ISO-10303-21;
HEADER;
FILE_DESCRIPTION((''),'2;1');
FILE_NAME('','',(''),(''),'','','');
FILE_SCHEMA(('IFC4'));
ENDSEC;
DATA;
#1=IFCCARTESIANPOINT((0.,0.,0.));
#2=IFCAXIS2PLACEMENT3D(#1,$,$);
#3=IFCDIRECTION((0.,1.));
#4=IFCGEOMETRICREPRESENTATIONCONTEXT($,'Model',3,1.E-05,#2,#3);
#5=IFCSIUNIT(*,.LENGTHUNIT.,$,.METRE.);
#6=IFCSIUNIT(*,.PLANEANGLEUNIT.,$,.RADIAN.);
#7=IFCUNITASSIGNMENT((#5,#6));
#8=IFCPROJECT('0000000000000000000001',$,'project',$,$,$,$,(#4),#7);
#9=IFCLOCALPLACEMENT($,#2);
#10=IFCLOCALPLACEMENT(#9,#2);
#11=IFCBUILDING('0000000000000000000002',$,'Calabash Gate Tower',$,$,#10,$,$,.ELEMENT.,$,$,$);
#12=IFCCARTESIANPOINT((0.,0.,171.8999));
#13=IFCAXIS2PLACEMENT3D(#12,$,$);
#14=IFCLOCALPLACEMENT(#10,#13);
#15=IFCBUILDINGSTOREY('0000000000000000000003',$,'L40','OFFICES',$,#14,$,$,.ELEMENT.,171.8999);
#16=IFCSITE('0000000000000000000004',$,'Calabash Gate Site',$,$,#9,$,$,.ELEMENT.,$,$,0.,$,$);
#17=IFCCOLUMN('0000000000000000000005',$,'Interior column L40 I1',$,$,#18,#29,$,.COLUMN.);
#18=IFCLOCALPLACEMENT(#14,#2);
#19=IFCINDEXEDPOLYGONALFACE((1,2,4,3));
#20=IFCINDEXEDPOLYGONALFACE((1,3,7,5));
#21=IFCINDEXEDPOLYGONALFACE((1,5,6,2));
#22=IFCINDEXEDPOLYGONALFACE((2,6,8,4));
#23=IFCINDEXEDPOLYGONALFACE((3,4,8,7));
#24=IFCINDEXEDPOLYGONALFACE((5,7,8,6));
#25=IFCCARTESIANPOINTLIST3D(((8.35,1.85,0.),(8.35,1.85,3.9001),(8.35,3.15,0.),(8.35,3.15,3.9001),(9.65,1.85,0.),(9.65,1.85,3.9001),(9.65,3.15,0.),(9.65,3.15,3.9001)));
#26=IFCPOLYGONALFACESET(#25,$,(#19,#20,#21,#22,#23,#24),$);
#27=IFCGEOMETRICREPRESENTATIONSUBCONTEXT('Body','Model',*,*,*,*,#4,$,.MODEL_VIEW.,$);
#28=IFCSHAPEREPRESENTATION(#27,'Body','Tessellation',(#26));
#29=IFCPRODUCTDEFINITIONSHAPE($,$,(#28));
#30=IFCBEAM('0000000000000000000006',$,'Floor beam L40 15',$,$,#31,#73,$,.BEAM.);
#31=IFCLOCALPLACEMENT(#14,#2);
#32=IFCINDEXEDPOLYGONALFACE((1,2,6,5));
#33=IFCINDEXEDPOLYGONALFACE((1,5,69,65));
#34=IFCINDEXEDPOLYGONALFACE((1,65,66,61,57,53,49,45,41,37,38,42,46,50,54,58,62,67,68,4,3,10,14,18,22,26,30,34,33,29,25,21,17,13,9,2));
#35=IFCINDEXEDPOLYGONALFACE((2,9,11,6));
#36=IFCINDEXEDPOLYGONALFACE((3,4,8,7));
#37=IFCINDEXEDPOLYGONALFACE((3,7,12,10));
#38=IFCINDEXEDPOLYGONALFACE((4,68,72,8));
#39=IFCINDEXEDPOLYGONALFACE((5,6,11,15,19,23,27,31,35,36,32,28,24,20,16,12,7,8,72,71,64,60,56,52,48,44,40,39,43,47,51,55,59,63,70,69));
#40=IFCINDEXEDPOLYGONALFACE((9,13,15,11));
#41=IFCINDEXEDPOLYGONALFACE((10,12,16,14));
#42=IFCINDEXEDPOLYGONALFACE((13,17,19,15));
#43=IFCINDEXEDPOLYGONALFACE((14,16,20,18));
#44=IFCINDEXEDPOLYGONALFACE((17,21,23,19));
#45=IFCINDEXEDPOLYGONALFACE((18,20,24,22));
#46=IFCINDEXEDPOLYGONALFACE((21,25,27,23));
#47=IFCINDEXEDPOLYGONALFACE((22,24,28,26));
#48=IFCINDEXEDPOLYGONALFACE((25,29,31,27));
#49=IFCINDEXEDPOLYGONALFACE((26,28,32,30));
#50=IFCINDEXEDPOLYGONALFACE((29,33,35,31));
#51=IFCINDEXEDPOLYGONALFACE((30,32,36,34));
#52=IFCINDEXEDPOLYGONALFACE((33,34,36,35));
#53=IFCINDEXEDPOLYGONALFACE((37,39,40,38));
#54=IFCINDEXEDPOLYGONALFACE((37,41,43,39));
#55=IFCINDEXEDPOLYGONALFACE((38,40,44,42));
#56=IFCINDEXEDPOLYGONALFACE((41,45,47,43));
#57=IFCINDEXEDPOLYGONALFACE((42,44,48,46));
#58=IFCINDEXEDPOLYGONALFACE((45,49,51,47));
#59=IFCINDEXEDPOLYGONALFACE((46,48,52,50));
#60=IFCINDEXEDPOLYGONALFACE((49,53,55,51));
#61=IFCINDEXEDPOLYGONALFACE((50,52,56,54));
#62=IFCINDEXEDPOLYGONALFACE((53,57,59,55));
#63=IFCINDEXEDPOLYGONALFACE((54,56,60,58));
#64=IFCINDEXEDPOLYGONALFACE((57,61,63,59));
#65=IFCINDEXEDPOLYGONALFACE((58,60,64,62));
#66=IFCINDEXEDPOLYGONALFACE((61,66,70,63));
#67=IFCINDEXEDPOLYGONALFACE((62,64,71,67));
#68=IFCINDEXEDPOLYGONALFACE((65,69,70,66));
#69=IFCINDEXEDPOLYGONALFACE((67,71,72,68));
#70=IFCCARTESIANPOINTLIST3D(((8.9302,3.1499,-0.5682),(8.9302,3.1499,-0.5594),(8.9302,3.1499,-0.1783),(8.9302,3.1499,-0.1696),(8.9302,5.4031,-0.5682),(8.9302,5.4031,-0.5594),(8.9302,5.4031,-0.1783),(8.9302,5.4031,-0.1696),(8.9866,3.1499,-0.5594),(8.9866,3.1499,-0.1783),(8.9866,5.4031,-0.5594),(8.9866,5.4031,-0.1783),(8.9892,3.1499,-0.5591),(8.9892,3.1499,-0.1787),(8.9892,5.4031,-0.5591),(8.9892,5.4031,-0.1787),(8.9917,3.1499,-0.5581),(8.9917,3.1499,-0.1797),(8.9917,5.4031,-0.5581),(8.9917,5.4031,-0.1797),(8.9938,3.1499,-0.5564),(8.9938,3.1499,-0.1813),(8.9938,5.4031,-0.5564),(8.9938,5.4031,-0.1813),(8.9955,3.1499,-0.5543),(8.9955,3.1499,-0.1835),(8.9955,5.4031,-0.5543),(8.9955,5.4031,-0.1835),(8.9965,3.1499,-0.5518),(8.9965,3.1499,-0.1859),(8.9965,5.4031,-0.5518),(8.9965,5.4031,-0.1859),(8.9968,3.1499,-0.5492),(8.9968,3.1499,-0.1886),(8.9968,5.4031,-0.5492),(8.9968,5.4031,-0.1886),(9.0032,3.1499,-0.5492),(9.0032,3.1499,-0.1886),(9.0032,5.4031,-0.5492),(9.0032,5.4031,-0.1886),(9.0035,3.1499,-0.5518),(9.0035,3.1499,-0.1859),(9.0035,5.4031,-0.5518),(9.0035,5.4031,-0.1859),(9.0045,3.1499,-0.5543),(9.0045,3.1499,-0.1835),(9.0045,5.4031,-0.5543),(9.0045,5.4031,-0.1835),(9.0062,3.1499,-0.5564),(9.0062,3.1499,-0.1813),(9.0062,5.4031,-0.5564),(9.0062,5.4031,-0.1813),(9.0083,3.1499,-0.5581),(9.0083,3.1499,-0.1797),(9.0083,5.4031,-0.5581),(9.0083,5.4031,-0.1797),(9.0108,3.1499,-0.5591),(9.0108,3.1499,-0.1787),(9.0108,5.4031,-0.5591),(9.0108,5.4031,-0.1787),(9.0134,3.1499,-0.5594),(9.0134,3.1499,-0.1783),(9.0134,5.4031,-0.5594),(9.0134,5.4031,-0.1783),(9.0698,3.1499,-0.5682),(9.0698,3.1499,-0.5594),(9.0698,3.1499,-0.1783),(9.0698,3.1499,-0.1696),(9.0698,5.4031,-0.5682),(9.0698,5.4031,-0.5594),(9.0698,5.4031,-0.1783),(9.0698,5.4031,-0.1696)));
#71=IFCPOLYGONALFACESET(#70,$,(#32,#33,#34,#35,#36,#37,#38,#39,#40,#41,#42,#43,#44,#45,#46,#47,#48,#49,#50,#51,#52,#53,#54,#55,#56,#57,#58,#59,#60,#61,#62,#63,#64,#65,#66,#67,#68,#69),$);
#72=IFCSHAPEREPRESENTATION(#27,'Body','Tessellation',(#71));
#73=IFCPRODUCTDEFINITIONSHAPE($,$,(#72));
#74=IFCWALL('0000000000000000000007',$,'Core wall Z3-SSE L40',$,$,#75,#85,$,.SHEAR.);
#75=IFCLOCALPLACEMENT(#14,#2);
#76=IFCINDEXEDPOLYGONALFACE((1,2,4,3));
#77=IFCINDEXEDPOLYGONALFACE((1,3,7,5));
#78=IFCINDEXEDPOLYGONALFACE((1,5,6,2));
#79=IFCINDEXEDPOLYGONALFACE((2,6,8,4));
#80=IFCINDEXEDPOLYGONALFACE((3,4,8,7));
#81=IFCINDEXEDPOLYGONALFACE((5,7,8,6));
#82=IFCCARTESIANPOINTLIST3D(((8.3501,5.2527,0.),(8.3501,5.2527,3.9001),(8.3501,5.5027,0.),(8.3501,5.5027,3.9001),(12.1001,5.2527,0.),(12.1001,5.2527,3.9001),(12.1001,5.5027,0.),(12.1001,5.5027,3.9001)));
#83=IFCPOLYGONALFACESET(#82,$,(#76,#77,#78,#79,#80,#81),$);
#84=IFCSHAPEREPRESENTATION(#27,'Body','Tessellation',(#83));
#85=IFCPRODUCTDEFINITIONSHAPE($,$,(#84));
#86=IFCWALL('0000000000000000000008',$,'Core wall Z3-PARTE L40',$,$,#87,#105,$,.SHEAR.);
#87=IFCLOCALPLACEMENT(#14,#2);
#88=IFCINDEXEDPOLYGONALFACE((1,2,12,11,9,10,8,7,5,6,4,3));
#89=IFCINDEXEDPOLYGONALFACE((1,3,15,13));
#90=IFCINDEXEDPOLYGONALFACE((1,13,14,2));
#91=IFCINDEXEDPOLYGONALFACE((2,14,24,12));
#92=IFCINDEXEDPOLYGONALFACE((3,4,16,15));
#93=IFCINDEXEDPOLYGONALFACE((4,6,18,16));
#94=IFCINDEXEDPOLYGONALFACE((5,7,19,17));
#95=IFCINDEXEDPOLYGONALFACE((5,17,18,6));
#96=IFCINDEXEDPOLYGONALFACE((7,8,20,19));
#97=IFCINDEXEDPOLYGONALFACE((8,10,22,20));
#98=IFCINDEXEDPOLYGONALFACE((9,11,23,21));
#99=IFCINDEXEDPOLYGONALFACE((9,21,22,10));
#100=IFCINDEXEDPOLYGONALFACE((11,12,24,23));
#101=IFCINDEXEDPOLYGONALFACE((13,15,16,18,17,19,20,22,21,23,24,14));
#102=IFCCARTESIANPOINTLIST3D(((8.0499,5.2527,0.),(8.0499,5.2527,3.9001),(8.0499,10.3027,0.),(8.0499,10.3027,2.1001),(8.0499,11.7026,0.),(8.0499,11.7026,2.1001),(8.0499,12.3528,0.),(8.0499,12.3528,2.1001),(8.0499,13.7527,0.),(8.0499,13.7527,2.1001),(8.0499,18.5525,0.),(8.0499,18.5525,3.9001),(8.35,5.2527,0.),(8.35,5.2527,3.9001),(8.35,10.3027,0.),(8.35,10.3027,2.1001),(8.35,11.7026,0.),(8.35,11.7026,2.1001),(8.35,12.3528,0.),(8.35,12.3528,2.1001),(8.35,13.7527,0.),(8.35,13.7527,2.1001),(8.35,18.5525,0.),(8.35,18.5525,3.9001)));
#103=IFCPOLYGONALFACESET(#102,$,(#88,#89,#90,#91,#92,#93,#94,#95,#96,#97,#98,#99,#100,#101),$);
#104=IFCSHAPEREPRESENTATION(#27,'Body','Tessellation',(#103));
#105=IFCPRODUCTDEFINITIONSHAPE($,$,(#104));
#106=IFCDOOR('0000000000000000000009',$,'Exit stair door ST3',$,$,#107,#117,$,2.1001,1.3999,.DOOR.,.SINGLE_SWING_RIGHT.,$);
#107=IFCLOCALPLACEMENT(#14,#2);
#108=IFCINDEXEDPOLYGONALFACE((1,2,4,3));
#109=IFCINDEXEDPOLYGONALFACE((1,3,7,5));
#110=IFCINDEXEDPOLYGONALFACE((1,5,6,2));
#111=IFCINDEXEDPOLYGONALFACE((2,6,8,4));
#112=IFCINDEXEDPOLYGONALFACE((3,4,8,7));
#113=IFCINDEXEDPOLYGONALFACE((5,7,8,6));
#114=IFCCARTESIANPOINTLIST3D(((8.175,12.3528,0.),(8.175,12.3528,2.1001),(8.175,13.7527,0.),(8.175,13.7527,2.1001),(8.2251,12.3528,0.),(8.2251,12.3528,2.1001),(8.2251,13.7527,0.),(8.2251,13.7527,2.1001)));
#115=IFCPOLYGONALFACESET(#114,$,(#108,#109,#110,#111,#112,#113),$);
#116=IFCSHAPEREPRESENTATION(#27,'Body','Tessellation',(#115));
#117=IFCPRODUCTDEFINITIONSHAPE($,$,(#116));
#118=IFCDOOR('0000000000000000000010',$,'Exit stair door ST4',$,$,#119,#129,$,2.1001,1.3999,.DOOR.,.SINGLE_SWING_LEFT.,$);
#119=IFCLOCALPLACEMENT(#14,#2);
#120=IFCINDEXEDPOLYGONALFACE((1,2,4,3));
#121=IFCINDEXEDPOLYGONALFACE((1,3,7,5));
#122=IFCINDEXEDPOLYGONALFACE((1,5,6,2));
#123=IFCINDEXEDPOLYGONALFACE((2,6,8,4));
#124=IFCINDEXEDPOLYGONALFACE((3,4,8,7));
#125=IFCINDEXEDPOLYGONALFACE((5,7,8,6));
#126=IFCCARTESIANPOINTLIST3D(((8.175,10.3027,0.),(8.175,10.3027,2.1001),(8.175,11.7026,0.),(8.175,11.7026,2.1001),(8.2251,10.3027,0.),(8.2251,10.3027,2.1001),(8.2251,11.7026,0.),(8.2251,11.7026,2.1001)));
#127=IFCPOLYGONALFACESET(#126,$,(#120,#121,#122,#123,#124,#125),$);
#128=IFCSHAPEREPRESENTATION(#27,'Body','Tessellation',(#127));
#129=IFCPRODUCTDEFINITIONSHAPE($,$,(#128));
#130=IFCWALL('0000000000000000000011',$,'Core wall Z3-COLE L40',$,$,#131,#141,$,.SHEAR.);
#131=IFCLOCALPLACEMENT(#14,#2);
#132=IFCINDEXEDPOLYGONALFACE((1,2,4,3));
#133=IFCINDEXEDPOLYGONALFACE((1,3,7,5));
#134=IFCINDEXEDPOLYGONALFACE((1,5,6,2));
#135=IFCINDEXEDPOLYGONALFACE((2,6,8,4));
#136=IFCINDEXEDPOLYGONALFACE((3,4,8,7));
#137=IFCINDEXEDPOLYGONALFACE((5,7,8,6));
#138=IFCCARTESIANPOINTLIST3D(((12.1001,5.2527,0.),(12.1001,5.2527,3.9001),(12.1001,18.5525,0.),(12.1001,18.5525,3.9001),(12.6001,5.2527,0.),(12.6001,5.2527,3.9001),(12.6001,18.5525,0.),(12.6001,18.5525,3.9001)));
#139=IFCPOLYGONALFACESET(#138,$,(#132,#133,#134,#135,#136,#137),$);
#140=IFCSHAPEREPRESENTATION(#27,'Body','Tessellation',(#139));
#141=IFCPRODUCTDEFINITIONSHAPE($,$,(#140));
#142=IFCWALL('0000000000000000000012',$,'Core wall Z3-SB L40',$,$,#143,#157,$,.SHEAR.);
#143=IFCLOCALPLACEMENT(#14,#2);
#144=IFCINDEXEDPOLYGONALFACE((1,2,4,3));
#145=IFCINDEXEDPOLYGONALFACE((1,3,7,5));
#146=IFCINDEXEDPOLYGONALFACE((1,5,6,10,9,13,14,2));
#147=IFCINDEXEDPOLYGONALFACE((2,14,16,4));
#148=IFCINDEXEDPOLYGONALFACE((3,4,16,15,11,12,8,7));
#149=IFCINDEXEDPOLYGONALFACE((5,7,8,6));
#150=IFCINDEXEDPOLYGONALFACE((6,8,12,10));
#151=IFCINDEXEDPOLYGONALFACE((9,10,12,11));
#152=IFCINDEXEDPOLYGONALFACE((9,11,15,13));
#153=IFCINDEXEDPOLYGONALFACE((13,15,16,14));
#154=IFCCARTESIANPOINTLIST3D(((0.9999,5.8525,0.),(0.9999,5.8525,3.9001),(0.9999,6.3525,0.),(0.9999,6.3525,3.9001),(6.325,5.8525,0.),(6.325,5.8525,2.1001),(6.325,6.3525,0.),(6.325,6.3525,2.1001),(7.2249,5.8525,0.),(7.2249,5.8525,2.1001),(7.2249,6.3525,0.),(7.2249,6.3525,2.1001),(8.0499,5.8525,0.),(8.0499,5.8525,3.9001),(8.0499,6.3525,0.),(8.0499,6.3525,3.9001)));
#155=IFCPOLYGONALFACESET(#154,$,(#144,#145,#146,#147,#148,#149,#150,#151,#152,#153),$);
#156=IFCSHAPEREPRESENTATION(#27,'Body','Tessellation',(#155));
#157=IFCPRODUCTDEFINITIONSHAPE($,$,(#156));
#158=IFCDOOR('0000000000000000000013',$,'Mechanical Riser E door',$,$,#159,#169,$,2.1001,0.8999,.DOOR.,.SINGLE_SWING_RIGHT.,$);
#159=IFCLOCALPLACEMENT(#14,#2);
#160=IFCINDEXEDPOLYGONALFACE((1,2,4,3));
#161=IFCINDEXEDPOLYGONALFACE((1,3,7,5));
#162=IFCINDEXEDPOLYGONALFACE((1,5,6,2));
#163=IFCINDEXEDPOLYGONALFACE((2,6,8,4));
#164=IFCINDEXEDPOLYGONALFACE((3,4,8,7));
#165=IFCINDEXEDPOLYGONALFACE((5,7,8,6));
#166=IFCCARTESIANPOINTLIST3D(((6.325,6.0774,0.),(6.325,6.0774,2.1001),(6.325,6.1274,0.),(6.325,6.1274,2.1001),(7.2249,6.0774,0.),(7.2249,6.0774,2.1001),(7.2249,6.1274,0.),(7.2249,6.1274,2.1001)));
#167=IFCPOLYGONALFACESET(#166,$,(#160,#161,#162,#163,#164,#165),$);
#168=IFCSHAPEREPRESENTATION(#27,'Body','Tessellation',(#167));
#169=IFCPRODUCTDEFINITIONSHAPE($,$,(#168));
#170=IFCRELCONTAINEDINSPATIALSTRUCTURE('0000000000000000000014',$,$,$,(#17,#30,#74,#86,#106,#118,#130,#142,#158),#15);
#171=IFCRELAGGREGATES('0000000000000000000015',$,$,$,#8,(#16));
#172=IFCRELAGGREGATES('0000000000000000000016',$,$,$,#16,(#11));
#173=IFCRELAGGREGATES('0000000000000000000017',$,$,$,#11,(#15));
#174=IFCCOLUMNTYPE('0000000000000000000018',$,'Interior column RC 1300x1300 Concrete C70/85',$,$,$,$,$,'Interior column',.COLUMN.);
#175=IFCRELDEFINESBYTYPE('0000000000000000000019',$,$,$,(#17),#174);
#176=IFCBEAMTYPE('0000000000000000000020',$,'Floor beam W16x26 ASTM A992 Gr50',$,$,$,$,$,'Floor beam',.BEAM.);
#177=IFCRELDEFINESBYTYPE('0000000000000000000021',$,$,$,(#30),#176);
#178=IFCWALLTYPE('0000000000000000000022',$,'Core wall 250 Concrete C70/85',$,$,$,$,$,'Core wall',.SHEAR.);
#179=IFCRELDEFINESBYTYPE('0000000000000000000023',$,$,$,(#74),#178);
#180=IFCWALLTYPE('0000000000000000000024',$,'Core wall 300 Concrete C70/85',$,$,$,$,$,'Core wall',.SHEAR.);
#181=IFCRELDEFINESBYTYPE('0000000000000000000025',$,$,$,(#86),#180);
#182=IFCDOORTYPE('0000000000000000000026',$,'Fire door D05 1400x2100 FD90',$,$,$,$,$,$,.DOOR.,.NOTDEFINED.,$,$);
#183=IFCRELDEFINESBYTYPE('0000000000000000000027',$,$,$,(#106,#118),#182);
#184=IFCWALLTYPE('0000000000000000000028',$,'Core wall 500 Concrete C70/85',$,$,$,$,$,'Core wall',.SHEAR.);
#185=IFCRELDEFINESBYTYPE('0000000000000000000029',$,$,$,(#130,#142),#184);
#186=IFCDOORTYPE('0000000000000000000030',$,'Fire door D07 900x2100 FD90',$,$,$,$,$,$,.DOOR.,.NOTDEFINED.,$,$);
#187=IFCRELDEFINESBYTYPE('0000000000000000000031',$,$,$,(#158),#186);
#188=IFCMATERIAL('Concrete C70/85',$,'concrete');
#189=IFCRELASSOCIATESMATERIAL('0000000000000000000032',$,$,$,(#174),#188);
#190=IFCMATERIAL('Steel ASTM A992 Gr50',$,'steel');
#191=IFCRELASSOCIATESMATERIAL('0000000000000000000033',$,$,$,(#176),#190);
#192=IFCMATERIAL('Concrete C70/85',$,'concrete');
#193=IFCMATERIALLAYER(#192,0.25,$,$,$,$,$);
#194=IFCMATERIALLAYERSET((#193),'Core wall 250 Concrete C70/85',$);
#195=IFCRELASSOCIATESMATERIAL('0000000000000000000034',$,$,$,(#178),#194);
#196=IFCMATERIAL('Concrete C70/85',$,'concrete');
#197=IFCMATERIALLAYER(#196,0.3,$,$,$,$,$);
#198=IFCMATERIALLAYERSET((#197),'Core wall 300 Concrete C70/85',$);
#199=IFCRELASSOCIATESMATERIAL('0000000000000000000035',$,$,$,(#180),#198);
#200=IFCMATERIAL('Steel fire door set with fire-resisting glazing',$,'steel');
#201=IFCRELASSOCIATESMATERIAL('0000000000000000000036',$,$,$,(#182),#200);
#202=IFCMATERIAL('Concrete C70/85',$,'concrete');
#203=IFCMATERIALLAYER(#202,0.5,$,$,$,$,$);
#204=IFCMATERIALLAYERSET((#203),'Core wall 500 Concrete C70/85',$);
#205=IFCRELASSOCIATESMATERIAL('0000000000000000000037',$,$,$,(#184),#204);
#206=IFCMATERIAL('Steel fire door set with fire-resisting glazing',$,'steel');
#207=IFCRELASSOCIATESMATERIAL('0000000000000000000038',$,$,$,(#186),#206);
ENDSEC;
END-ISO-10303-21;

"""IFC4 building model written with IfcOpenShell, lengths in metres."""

from ifc_helpers import new_model, si_unit, direction, frame, frame_2d, origin, origin_2d, place, context, subcontext, project, spatial, rectangle, i_section, extrude, material, layer, layer_set, material_profile, profile_set, type_object, element, fill, save


model = new_model("IFC4")

# Units and contexts
model_context = context("Model", 3, precision=1e-05, world=origin(), true_north=direction((0.0, 1.0)))
body_context = subcontext(model_context, "Body", "Model", "MODEL_VIEW")
ifc_project = project(units=[si_unit("LENGTHUNIT", "METRE"), si_unit("PLANEANGLEUNIT", "RADIAN")], contexts=[model_context])

# Site, building, storey
site_placement = place(None, origin())
site = spatial("IfcSite", under=ifc_project, at=site_placement, Name="Calabash Gate Site", CompositionType="ELEMENT", RefElevation=0.0)
building_placement = place(site_placement, origin())
building = spatial("IfcBuilding", under=site, at=building_placement, Name="Calabash Gate Tower", CompositionType="ELEMENT")
storey_placement = place(building_placement, frame((0.0, 0.0, 171.8999)))
storey = spatial("IfcBuildingStorey", under=building, at=storey_placement, Name="L40", Description="OFFICES", CompositionType="ELEMENT", Elevation=171.8999)

# Column
ifc_material_1 = material(Name="Concrete C70/85", Category="concrete")
ifc_material_profile_1 = material_profile(ifc_material_1, rectangle(XDim=1.3, YDim=1.3, at=origin_2d()))
ifc_profile_set_1 = profile_set([ifc_material_profile_1], Name="Concrete C70/85")
column_type = type_object("IfcColumnType", Name="Interior column RC 1300x1300 Concrete C70/85", ElementType="Interior column", PredefinedType="COLUMN", material=ifc_profile_set_1)
column_placement = place(storey_placement, frame((9.0, 2.5, 0.0), z_axis=(0.0, 0.0, 1.0), x_axis=(1.0, 0.0, 0.0)))
element("IfcColumn", 1, at=column_placement, inside=storey, type_object=column_type, Name="Interior column L40 I1", PredefinedType="COLUMN", context=body_context, shape_type="SweptSolid", body=[
    extrude(rectangle(XDim=1.3, YDim=1.3, at=origin_2d()), origin(), (0.0, 0.0, 1.0), 3.9001),
])

# Beam
ifc_material_2 = material(Name="Steel ASTM A992 Gr50", Category="steel")
ifc_material_profile_2 = material_profile(ifc_material_2, i_section(OverallWidth=0.1396, OverallDepth=0.3987, WebThickness=0.0063, FlangeThickness=0.0088, FilletRadius=0.0103, at=origin_2d()))
ifc_profile_set_2 = profile_set([ifc_material_profile_2], Name="Steel ASTM A992 Gr50")
beam_type = type_object("IfcBeamType", Name="Floor beam W16x26 ASTM A992 Gr50", ElementType="Floor beam", PredefinedType="BEAM", material=ifc_profile_set_2)
beam_placement = place(storey_placement, frame((9.0, 3.1499, -0.3689), z_axis=(0.0, 1.0, 0.0), x_axis=(-1.0, 0.0, 0.0)))
element("IfcBeam", 2, at=beam_placement, inside=storey, type_object=beam_type, Name="Floor beam L40 15", PredefinedType="BEAM", context=body_context, shape_type="SweptSolid", body=[
    extrude(i_section(OverallWidth=0.1396, OverallDepth=0.3987, WebThickness=0.0063, FlangeThickness=0.0088, FilletRadius=0.0103, at=origin_2d()), origin(), (0.0, 0.0, 1.0), 2.2532),
])

# Wall
ifc_material_3 = material(Name="Concrete C70/85", Category="concrete")
ifc_layer_1 = layer(ifc_material_3, 0.25)
ifc_layer_set_1 = layer_set([ifc_layer_1], Name="Core wall 250 Concrete C70/85")
wall_type_1 = type_object("IfcWallType", Name="Core wall 250 Concrete C70/85", ElementType="Core wall", PredefinedType="SHEAR", material=ifc_layer_set_1)
wall_1_placement = place(storey_placement, frame((8.3501, 5.3777, 0.0), z_axis=(0.0, 0.0, 1.0), x_axis=(1.0, 0.0, 0.0)))
element("IfcWall", 3, at=wall_1_placement, inside=storey, type_object=wall_type_1, Name="Core wall Z3-SSE L40", PredefinedType="SHEAR", context=body_context, shape_type="SweptSolid", body=[
    extrude(rectangle(XDim=3.75, YDim=0.25, at=frame_2d((1.875, 0.0))), origin(), (0.0, 0.0, 1.0), 3.9001),
])

# Wall, openings, doors
ifc_material_4 = material(Name="Concrete C70/85", Category="concrete")
ifc_layer_2 = layer(ifc_material_4, 0.3)
ifc_layer_set_2 = layer_set([ifc_layer_2], Name="Core wall 300 Concrete C70/85")
wall_type_2 = type_object("IfcWallType", Name="Core wall 300 Concrete C70/85", ElementType="Core wall", PredefinedType="SHEAR", material=ifc_layer_set_2)
wall_2_placement = place(storey_placement, frame((8.2, 5.2527, 0.0), z_axis=(0.0, 0.0, 1.0), x_axis=(0.0, 1.0, 0.0)))
wall_2 = element("IfcWall", 4, at=wall_2_placement, inside=storey, type_object=wall_type_2, Name="Core wall Z3-PARTE L40", PredefinedType="SHEAR", context=body_context, shape_type="SweptSolid", body=[
    extrude(rectangle(XDim=13.2998, YDim=0.3, at=frame_2d((6.6499, 0.0))), origin(), (0.0, 0.0, 1.0), 3.9001),
])
opening_1_placement = place(wall_2_placement, frame((7.1001, 0.0, 0.0)))
opening_1 = element("IfcOpeningElement", 5, at=opening_1_placement, cuts=wall_2, PredefinedType="OPENING", context=body_context, shape_type="SweptSolid", body=[
    extrude(rectangle(XDim=1.3999, YDim=2.1001, at=frame_2d((0.7, 1.05))), frame((0.0, 0.1599, 0.0), z_axis=(0.0, -1.0, 0.0), x_axis=(1.0, 0.0, 0.0)), (0.0, 0.0, 1.0), 0.3201),
])
opening_2_placement = place(wall_2_placement, frame((5.05, 0.0, 0.0)))
opening_2 = element("IfcOpeningElement", 6, at=opening_2_placement, cuts=wall_2, PredefinedType="OPENING", context=body_context, shape_type="SweptSolid", body=[
    extrude(rectangle(XDim=1.3999, YDim=2.1001, at=frame_2d((0.7, 1.05))), frame((0.0, 0.1599, 0.0), z_axis=(0.0, -1.0, 0.0), x_axis=(1.0, 0.0, 0.0)), (0.0, 0.0, 1.0), 0.3201),
])
ifc_material_5 = material(Name="Steel fire door set with fire-resisting glazing", Category="steel")
door_type_1 = type_object("IfcDoorType", Name="Fire door D05 1400x2100 FD90", OperationType="NOTDEFINED", PredefinedType="DOOR", material=ifc_material_5)
door_1_placement = place(opening_1_placement, origin())
door_1 = element("IfcDoor", 7, at=door_1_placement, inside=storey, type_object=door_type_1, Name="Exit stair door ST3", OperationType="SINGLE_SWING_RIGHT", OverallHeight=2.1001, OverallWidth=1.3999, PredefinedType="DOOR", context=body_context, shape_type="SweptSolid", body=[
    extrude(rectangle(XDim=1.3999, YDim=2.1001, at=frame_2d((0.7, 1.05))), frame((0.0, 0.0249, 0.0), z_axis=(0.0, -1.0, 0.0), x_axis=(1.0, 0.0, 0.0)), (0.0, 0.0, 1.0), 0.05),
])
fill(opening_1, door_1)
door_2_placement = place(opening_2_placement, origin())
door_2 = element("IfcDoor", 8, at=door_2_placement, inside=storey, type_object=door_type_1, Name="Exit stair door ST4", OperationType="SINGLE_SWING_LEFT", OverallHeight=2.1001, OverallWidth=1.3999, PredefinedType="DOOR", context=body_context, shape_type="SweptSolid", body=[
    extrude(rectangle(XDim=1.3999, YDim=2.1001, at=frame_2d((0.7, 1.05))), frame((0.0, 0.0249, 0.0), z_axis=(0.0, -1.0, 0.0), x_axis=(1.0, 0.0, 0.0)), (0.0, 0.0, 1.0), 0.05),
])
fill(opening_2, door_2)

# Wall
ifc_material_6 = material(Name="Concrete C70/85", Category="concrete")
ifc_layer_3 = layer(ifc_material_6, 0.5)
ifc_layer_set_3 = layer_set([ifc_layer_3], Name="Core wall 500 Concrete C70/85")
wall_type_3 = type_object("IfcWallType", Name="Core wall 500 Concrete C70/85", ElementType="Core wall", PredefinedType="SHEAR", material=ifc_layer_set_3)
wall_3_placement = place(storey_placement, frame((12.3501, 5.2527, 0.0), z_axis=(0.0, 0.0, 1.0), x_axis=(0.0, 1.0, 0.0)))
element("IfcWall", 9, at=wall_3_placement, inside=storey, type_object=wall_type_3, Name="Core wall Z3-COLE L40", PredefinedType="SHEAR", context=body_context, shape_type="SweptSolid", body=[
    extrude(rectangle(XDim=13.2998, YDim=0.5, at=frame_2d((6.6499, 0.0))), origin(), (0.0, 0.0, 1.0), 3.9001),
])

# Wall, opening, door
wall_4_placement = place(storey_placement, frame((1.0, 6.1025, 0.0), z_axis=(0.0, 0.0, 1.0), x_axis=(1.0, 0.0, 0.0)))
wall_4 = element("IfcWall", 10, at=wall_4_placement, inside=storey, type_object=wall_type_3, Name="Core wall Z3-SB L40", PredefinedType="SHEAR", context=body_context, shape_type="SweptSolid", body=[
    extrude(rectangle(XDim=7.05, YDim=0.5, at=frame_2d((3.5249, 0.0))), origin(), (0.0, 0.0, 1.0), 3.9001),
])
opening_3_placement = place(wall_4_placement, frame((5.325, 0.0, 0.0)))
opening_3 = element("IfcOpeningElement", 11, at=opening_3_placement, cuts=wall_4, PredefinedType="OPENING", context=body_context, shape_type="SweptSolid", body=[
    extrude(rectangle(XDim=0.8999, YDim=2.1001, at=frame_2d((0.45, 1.05))), frame((0.0, 0.26, 0.0), z_axis=(0.0, -1.0, 0.0), x_axis=(1.0, 0.0, 0.0)), (0.0, 0.0, 1.0), 0.52),
])
ifc_material_7 = material(Name="Steel fire door set with fire-resisting glazing", Category="steel")
door_type_2 = type_object("IfcDoorType", Name="Fire door D07 900x2100 FD90", OperationType="NOTDEFINED", PredefinedType="DOOR", material=ifc_material_7)
door_3_placement = place(opening_3_placement, origin())
door_3 = element("IfcDoor", 12, at=door_3_placement, inside=storey, type_object=door_type_2, Name="Mechanical Riser E door", OperationType="SINGLE_SWING_RIGHT", OverallHeight=2.1001, OverallWidth=0.8999, PredefinedType="DOOR", context=body_context, shape_type="SweptSolid", body=[
    extrude(rectangle(XDim=0.8999, YDim=2.1001, at=frame_2d((0.45, 1.05))), frame((0.0, 0.0249, 0.0), z_axis=(0.0, -1.0, 0.0), x_axis=(1.0, 0.0, 0.0)), (0.0, 0.0, 1.0), 0.05),
])
fill(opening_3, door_3)

save(model, "model.ifc")
